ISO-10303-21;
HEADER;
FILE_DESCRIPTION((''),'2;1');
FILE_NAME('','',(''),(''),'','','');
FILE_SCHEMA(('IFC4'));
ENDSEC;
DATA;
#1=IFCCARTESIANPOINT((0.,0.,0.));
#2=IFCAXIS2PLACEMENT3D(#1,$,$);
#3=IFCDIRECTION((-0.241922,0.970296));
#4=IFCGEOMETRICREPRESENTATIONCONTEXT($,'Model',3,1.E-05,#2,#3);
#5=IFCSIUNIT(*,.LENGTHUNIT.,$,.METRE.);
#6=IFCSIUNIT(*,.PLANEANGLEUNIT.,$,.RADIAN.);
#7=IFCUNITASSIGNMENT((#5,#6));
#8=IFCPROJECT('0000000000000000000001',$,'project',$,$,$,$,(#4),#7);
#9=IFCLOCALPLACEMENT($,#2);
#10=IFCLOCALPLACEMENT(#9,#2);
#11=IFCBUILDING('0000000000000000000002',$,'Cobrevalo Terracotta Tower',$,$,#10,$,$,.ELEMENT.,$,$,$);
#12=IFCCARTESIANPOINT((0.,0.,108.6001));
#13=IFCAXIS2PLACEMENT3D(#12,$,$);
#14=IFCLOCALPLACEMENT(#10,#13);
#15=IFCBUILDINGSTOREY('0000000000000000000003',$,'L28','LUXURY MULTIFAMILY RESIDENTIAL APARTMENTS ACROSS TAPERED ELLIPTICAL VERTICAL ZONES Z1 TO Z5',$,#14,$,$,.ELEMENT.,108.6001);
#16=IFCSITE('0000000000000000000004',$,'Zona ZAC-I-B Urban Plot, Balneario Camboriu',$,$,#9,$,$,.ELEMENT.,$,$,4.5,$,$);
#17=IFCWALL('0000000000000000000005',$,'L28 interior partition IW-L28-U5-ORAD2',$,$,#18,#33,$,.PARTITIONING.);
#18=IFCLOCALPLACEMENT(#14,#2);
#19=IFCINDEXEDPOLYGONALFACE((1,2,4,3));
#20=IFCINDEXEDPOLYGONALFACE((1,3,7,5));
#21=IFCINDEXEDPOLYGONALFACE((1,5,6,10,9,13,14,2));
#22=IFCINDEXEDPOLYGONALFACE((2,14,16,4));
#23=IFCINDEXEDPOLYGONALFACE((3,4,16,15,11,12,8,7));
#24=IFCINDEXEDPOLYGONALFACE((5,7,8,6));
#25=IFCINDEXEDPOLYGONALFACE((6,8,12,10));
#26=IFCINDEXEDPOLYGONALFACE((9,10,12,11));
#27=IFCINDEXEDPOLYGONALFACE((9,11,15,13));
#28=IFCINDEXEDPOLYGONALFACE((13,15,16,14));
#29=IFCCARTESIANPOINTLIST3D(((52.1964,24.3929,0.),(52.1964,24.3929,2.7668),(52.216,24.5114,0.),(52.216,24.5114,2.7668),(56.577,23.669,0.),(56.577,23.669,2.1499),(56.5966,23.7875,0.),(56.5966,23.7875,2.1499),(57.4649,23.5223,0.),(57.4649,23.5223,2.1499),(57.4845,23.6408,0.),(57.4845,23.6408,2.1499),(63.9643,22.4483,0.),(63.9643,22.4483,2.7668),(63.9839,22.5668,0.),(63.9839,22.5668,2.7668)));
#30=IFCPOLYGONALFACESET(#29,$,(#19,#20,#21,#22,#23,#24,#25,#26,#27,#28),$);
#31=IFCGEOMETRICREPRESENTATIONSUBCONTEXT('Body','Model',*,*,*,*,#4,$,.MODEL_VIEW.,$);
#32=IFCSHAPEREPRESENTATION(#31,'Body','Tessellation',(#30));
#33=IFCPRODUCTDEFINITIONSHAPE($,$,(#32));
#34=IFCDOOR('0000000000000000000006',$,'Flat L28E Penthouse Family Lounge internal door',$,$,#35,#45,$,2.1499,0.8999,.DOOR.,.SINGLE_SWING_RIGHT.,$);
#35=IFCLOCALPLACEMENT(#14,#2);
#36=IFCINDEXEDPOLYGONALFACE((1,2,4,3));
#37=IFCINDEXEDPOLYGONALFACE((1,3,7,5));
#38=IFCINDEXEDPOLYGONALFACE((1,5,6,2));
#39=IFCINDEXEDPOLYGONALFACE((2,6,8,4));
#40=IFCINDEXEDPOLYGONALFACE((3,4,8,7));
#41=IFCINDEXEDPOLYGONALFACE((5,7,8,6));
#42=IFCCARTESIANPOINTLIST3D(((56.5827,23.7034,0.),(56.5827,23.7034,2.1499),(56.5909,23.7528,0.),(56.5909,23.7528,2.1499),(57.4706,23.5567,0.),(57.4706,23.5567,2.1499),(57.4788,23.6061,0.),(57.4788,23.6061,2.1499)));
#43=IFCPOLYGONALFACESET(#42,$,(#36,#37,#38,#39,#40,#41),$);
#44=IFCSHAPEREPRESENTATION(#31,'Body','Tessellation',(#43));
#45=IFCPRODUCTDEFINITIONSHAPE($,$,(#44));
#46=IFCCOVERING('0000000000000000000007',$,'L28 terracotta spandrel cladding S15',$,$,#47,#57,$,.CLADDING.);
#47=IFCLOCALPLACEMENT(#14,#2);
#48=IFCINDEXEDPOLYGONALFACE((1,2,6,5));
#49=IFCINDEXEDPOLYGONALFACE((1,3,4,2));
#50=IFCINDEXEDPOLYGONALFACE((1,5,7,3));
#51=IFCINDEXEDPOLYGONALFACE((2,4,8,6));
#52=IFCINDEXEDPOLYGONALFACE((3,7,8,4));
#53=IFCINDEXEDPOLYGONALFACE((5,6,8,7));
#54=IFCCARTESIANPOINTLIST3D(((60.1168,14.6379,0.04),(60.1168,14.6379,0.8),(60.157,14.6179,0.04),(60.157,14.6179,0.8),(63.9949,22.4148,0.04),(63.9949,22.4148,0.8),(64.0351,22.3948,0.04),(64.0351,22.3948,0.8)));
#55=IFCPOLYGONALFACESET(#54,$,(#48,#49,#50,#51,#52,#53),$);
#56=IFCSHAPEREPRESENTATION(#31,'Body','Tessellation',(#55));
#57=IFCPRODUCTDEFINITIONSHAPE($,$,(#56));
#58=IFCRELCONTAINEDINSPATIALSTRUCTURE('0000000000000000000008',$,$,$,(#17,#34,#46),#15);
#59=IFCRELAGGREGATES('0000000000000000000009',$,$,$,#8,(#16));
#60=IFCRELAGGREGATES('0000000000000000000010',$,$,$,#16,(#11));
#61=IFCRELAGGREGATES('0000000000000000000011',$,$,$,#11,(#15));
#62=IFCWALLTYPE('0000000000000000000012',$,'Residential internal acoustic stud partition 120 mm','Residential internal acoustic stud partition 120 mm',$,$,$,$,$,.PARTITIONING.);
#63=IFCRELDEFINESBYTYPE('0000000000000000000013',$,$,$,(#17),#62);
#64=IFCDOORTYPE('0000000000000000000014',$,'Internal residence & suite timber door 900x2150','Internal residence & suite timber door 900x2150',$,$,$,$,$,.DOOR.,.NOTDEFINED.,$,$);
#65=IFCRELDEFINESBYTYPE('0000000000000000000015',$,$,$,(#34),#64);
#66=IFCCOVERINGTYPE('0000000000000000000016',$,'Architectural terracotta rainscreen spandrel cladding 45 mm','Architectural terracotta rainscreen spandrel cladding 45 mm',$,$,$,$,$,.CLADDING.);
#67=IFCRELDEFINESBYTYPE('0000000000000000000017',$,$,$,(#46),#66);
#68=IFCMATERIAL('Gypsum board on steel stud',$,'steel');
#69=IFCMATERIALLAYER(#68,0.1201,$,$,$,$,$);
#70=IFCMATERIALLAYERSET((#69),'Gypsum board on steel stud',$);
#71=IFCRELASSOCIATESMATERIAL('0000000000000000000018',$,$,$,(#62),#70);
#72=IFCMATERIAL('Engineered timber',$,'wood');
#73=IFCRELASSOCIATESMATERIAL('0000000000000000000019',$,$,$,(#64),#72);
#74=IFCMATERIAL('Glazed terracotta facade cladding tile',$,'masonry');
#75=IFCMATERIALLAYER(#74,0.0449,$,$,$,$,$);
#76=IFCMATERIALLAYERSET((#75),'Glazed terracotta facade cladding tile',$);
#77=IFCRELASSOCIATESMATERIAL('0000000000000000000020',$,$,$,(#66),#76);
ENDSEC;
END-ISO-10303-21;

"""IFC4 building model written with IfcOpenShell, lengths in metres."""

from ifc_helpers import new_model, si_unit, direction, frame, frame_2d, origin, origin_2d, place, context, subcontext, project, spatial, rectangle, extrude, source, transform, mapped, material, layer, layer_set, type_object, element, fill, save


model = new_model("IFC4")

# Units and contexts
model_context = context("Model", 3, precision=1e-05, world=origin(), true_north=direction((-0.241922, 0.970296)))
body_context = subcontext(model_context, "Body", "Model", "MODEL_VIEW")
ifc_project = project(units=[si_unit("LENGTHUNIT", "METRE"), si_unit("PLANEANGLEUNIT", "RADIAN")], contexts=[model_context])

# Site, building, storey
site_placement = place(None, origin())
site = spatial("IfcSite", under=ifc_project, at=site_placement, Name="Zona ZAC-I-B Urban Plot, Balneario Camboriu", CompositionType="ELEMENT", RefElevation=4.5)
building_placement = place(site_placement, origin())
building = spatial("IfcBuilding", under=site, at=building_placement, Name="Cobrevalo Terracotta Tower", CompositionType="ELEMENT")
storey_placement = place(building_placement, frame((0.0, 0.0, 108.6001)))
storey = spatial("IfcBuildingStorey", under=building, at=storey_placement, Name="L28", Description="LUXURY MULTIFAMILY RESIDENTIAL APARTMENTS ACROSS TAPERED ELLIPTICAL VERTICAL ZONES Z1 TO Z5", CompositionType="ELEMENT", Elevation=108.6001)

# Wall, opening, door
ifc_material_1 = material(Name="Gypsum board on steel stud", Category="steel")
ifc_layer_1 = layer(ifc_material_1, 0.1201)
ifc_layer_set_1 = layer_set([ifc_layer_1], Name="Gypsum board on steel stud")
wall_type_1 = type_object("IfcWallType", Name="Residential internal acoustic stud partition 120 mm", Description="Residential internal acoustic stud partition 120 mm", PredefinedType="PARTITIONING", material=ifc_layer_set_1)
ifc_material_2 = material(Name="Engineered timber", Category="wood")
door_type_1 = type_object("IfcDoorType", Name="Internal residence & suite timber door 900x2150", Description="Internal residence & suite timber door 900x2150", OperationType="NOTDEFINED", PredefinedType="DOOR", material=ifc_material_2)
shared_shape_1 = source(origin(), body_context, "Body", "SweptSolid", [
    extrude(rectangle(XDim=0.8999, YDim=2.1499, at=frame_2d((0.45, 1.075))), frame((0.0, 0.0249, 0.0), z_axis=(0.0, -1.0, 0.0), x_axis=(1.0, 0.0, 0.0)), (0.0, 0.0, 1.0), 0.05),
])
wall_1_placement = place(storey_placement, frame((52.2061, 24.4521, 0.0), z_axis=(0.0, 0.0, 1.0), x_axis=(0.98662, -0.163035, 0.0)))
wall_1 = element("IfcWall", 1, at=wall_1_placement, inside=storey, type_object=wall_type_1, Name="L28 interior partition IW-L28-U5-ORAD2", PredefinedType="PARTITIONING", context=body_context, shape_type="SweptSolid", body=[
    extrude(rectangle(XDim=11.9275, YDim=0.1201, at=frame_2d((5.9639, 0.0))), origin(), (0.0, 0.0, 1.0), 2.7668),
])
opening_1_placement = place(wall_1_placement, frame((4.4402, 0.0, 0.0)))
opening_1 = element("IfcOpeningElement", 2, at=opening_1_placement, cuts=wall_1, PredefinedType="OPENING", context=body_context, shape_type="SweptSolid", body=[
    extrude(rectangle(XDim=0.8999, YDim=2.1499, at=frame_2d((0.45, 1.075))), frame((0.0, 0.0701, 0.0), z_axis=(0.0, -1.0, 0.0), x_axis=(1.0, 0.0, 0.0)), (0.0, 0.0, 1.0), 0.1401),
])
door_1_placement = place(opening_1_placement, origin())
door_1 = element("IfcDoor", 3, at=door_1_placement, inside=storey, type_object=door_type_1, Name="Flat L28E Penthouse Family Lounge internal door", OperationType="SINGLE_SWING_RIGHT", OverallHeight=2.1499, OverallWidth=0.8999, PredefinedType="DOOR", context=body_context, shape_type="MappedRepresentation", body=[
    mapped(shared_shape_1, transform((0.0, 0.0, 0.0), scale=1.0)),
])
fill(opening_1, door_1)

# Covering
ifc_material_3 = material(Name="Glazed terracotta facade cladding tile", Category="masonry")
ifc_layer_2 = layer(ifc_material_3, 0.0449)
ifc_layer_set_2 = layer_set([ifc_layer_2], Name="Glazed terracotta facade cladding tile")
covering_type = type_object("IfcCoveringType", Name="Architectural terracotta rainscreen spandrel cladding 45 mm", Description="Architectural terracotta rainscreen spandrel cladding 45 mm", PredefinedType="CLADDING", material=ifc_layer_set_2)
shared_shape_2 = source(origin(), body_context, "Body", "SweptSolid", [
    extrude(rectangle(XDim=8.6902, YDim=0.0449, at=origin_2d()), origin(), (0.0, 0.0, 1.0), 0.76),
])
covering_placement = place(storey_placement, frame((62.0759, 18.5164, 0.04), z_axis=(0.0, 0.0, 1.0), x_axis=(0.446262, 0.894902, 0.0)))
element("IfcCovering", 4, at=covering_placement, inside=storey, type_object=covering_type, Name="L28 terracotta spandrel cladding S15", PredefinedType="CLADDING", context=body_context, shape_type="MappedRepresentation", body=[
    mapped(shared_shape_2, transform((0.0, 0.0, 0.0), scale=1.0)),
])

save(model, "model.ifc")
